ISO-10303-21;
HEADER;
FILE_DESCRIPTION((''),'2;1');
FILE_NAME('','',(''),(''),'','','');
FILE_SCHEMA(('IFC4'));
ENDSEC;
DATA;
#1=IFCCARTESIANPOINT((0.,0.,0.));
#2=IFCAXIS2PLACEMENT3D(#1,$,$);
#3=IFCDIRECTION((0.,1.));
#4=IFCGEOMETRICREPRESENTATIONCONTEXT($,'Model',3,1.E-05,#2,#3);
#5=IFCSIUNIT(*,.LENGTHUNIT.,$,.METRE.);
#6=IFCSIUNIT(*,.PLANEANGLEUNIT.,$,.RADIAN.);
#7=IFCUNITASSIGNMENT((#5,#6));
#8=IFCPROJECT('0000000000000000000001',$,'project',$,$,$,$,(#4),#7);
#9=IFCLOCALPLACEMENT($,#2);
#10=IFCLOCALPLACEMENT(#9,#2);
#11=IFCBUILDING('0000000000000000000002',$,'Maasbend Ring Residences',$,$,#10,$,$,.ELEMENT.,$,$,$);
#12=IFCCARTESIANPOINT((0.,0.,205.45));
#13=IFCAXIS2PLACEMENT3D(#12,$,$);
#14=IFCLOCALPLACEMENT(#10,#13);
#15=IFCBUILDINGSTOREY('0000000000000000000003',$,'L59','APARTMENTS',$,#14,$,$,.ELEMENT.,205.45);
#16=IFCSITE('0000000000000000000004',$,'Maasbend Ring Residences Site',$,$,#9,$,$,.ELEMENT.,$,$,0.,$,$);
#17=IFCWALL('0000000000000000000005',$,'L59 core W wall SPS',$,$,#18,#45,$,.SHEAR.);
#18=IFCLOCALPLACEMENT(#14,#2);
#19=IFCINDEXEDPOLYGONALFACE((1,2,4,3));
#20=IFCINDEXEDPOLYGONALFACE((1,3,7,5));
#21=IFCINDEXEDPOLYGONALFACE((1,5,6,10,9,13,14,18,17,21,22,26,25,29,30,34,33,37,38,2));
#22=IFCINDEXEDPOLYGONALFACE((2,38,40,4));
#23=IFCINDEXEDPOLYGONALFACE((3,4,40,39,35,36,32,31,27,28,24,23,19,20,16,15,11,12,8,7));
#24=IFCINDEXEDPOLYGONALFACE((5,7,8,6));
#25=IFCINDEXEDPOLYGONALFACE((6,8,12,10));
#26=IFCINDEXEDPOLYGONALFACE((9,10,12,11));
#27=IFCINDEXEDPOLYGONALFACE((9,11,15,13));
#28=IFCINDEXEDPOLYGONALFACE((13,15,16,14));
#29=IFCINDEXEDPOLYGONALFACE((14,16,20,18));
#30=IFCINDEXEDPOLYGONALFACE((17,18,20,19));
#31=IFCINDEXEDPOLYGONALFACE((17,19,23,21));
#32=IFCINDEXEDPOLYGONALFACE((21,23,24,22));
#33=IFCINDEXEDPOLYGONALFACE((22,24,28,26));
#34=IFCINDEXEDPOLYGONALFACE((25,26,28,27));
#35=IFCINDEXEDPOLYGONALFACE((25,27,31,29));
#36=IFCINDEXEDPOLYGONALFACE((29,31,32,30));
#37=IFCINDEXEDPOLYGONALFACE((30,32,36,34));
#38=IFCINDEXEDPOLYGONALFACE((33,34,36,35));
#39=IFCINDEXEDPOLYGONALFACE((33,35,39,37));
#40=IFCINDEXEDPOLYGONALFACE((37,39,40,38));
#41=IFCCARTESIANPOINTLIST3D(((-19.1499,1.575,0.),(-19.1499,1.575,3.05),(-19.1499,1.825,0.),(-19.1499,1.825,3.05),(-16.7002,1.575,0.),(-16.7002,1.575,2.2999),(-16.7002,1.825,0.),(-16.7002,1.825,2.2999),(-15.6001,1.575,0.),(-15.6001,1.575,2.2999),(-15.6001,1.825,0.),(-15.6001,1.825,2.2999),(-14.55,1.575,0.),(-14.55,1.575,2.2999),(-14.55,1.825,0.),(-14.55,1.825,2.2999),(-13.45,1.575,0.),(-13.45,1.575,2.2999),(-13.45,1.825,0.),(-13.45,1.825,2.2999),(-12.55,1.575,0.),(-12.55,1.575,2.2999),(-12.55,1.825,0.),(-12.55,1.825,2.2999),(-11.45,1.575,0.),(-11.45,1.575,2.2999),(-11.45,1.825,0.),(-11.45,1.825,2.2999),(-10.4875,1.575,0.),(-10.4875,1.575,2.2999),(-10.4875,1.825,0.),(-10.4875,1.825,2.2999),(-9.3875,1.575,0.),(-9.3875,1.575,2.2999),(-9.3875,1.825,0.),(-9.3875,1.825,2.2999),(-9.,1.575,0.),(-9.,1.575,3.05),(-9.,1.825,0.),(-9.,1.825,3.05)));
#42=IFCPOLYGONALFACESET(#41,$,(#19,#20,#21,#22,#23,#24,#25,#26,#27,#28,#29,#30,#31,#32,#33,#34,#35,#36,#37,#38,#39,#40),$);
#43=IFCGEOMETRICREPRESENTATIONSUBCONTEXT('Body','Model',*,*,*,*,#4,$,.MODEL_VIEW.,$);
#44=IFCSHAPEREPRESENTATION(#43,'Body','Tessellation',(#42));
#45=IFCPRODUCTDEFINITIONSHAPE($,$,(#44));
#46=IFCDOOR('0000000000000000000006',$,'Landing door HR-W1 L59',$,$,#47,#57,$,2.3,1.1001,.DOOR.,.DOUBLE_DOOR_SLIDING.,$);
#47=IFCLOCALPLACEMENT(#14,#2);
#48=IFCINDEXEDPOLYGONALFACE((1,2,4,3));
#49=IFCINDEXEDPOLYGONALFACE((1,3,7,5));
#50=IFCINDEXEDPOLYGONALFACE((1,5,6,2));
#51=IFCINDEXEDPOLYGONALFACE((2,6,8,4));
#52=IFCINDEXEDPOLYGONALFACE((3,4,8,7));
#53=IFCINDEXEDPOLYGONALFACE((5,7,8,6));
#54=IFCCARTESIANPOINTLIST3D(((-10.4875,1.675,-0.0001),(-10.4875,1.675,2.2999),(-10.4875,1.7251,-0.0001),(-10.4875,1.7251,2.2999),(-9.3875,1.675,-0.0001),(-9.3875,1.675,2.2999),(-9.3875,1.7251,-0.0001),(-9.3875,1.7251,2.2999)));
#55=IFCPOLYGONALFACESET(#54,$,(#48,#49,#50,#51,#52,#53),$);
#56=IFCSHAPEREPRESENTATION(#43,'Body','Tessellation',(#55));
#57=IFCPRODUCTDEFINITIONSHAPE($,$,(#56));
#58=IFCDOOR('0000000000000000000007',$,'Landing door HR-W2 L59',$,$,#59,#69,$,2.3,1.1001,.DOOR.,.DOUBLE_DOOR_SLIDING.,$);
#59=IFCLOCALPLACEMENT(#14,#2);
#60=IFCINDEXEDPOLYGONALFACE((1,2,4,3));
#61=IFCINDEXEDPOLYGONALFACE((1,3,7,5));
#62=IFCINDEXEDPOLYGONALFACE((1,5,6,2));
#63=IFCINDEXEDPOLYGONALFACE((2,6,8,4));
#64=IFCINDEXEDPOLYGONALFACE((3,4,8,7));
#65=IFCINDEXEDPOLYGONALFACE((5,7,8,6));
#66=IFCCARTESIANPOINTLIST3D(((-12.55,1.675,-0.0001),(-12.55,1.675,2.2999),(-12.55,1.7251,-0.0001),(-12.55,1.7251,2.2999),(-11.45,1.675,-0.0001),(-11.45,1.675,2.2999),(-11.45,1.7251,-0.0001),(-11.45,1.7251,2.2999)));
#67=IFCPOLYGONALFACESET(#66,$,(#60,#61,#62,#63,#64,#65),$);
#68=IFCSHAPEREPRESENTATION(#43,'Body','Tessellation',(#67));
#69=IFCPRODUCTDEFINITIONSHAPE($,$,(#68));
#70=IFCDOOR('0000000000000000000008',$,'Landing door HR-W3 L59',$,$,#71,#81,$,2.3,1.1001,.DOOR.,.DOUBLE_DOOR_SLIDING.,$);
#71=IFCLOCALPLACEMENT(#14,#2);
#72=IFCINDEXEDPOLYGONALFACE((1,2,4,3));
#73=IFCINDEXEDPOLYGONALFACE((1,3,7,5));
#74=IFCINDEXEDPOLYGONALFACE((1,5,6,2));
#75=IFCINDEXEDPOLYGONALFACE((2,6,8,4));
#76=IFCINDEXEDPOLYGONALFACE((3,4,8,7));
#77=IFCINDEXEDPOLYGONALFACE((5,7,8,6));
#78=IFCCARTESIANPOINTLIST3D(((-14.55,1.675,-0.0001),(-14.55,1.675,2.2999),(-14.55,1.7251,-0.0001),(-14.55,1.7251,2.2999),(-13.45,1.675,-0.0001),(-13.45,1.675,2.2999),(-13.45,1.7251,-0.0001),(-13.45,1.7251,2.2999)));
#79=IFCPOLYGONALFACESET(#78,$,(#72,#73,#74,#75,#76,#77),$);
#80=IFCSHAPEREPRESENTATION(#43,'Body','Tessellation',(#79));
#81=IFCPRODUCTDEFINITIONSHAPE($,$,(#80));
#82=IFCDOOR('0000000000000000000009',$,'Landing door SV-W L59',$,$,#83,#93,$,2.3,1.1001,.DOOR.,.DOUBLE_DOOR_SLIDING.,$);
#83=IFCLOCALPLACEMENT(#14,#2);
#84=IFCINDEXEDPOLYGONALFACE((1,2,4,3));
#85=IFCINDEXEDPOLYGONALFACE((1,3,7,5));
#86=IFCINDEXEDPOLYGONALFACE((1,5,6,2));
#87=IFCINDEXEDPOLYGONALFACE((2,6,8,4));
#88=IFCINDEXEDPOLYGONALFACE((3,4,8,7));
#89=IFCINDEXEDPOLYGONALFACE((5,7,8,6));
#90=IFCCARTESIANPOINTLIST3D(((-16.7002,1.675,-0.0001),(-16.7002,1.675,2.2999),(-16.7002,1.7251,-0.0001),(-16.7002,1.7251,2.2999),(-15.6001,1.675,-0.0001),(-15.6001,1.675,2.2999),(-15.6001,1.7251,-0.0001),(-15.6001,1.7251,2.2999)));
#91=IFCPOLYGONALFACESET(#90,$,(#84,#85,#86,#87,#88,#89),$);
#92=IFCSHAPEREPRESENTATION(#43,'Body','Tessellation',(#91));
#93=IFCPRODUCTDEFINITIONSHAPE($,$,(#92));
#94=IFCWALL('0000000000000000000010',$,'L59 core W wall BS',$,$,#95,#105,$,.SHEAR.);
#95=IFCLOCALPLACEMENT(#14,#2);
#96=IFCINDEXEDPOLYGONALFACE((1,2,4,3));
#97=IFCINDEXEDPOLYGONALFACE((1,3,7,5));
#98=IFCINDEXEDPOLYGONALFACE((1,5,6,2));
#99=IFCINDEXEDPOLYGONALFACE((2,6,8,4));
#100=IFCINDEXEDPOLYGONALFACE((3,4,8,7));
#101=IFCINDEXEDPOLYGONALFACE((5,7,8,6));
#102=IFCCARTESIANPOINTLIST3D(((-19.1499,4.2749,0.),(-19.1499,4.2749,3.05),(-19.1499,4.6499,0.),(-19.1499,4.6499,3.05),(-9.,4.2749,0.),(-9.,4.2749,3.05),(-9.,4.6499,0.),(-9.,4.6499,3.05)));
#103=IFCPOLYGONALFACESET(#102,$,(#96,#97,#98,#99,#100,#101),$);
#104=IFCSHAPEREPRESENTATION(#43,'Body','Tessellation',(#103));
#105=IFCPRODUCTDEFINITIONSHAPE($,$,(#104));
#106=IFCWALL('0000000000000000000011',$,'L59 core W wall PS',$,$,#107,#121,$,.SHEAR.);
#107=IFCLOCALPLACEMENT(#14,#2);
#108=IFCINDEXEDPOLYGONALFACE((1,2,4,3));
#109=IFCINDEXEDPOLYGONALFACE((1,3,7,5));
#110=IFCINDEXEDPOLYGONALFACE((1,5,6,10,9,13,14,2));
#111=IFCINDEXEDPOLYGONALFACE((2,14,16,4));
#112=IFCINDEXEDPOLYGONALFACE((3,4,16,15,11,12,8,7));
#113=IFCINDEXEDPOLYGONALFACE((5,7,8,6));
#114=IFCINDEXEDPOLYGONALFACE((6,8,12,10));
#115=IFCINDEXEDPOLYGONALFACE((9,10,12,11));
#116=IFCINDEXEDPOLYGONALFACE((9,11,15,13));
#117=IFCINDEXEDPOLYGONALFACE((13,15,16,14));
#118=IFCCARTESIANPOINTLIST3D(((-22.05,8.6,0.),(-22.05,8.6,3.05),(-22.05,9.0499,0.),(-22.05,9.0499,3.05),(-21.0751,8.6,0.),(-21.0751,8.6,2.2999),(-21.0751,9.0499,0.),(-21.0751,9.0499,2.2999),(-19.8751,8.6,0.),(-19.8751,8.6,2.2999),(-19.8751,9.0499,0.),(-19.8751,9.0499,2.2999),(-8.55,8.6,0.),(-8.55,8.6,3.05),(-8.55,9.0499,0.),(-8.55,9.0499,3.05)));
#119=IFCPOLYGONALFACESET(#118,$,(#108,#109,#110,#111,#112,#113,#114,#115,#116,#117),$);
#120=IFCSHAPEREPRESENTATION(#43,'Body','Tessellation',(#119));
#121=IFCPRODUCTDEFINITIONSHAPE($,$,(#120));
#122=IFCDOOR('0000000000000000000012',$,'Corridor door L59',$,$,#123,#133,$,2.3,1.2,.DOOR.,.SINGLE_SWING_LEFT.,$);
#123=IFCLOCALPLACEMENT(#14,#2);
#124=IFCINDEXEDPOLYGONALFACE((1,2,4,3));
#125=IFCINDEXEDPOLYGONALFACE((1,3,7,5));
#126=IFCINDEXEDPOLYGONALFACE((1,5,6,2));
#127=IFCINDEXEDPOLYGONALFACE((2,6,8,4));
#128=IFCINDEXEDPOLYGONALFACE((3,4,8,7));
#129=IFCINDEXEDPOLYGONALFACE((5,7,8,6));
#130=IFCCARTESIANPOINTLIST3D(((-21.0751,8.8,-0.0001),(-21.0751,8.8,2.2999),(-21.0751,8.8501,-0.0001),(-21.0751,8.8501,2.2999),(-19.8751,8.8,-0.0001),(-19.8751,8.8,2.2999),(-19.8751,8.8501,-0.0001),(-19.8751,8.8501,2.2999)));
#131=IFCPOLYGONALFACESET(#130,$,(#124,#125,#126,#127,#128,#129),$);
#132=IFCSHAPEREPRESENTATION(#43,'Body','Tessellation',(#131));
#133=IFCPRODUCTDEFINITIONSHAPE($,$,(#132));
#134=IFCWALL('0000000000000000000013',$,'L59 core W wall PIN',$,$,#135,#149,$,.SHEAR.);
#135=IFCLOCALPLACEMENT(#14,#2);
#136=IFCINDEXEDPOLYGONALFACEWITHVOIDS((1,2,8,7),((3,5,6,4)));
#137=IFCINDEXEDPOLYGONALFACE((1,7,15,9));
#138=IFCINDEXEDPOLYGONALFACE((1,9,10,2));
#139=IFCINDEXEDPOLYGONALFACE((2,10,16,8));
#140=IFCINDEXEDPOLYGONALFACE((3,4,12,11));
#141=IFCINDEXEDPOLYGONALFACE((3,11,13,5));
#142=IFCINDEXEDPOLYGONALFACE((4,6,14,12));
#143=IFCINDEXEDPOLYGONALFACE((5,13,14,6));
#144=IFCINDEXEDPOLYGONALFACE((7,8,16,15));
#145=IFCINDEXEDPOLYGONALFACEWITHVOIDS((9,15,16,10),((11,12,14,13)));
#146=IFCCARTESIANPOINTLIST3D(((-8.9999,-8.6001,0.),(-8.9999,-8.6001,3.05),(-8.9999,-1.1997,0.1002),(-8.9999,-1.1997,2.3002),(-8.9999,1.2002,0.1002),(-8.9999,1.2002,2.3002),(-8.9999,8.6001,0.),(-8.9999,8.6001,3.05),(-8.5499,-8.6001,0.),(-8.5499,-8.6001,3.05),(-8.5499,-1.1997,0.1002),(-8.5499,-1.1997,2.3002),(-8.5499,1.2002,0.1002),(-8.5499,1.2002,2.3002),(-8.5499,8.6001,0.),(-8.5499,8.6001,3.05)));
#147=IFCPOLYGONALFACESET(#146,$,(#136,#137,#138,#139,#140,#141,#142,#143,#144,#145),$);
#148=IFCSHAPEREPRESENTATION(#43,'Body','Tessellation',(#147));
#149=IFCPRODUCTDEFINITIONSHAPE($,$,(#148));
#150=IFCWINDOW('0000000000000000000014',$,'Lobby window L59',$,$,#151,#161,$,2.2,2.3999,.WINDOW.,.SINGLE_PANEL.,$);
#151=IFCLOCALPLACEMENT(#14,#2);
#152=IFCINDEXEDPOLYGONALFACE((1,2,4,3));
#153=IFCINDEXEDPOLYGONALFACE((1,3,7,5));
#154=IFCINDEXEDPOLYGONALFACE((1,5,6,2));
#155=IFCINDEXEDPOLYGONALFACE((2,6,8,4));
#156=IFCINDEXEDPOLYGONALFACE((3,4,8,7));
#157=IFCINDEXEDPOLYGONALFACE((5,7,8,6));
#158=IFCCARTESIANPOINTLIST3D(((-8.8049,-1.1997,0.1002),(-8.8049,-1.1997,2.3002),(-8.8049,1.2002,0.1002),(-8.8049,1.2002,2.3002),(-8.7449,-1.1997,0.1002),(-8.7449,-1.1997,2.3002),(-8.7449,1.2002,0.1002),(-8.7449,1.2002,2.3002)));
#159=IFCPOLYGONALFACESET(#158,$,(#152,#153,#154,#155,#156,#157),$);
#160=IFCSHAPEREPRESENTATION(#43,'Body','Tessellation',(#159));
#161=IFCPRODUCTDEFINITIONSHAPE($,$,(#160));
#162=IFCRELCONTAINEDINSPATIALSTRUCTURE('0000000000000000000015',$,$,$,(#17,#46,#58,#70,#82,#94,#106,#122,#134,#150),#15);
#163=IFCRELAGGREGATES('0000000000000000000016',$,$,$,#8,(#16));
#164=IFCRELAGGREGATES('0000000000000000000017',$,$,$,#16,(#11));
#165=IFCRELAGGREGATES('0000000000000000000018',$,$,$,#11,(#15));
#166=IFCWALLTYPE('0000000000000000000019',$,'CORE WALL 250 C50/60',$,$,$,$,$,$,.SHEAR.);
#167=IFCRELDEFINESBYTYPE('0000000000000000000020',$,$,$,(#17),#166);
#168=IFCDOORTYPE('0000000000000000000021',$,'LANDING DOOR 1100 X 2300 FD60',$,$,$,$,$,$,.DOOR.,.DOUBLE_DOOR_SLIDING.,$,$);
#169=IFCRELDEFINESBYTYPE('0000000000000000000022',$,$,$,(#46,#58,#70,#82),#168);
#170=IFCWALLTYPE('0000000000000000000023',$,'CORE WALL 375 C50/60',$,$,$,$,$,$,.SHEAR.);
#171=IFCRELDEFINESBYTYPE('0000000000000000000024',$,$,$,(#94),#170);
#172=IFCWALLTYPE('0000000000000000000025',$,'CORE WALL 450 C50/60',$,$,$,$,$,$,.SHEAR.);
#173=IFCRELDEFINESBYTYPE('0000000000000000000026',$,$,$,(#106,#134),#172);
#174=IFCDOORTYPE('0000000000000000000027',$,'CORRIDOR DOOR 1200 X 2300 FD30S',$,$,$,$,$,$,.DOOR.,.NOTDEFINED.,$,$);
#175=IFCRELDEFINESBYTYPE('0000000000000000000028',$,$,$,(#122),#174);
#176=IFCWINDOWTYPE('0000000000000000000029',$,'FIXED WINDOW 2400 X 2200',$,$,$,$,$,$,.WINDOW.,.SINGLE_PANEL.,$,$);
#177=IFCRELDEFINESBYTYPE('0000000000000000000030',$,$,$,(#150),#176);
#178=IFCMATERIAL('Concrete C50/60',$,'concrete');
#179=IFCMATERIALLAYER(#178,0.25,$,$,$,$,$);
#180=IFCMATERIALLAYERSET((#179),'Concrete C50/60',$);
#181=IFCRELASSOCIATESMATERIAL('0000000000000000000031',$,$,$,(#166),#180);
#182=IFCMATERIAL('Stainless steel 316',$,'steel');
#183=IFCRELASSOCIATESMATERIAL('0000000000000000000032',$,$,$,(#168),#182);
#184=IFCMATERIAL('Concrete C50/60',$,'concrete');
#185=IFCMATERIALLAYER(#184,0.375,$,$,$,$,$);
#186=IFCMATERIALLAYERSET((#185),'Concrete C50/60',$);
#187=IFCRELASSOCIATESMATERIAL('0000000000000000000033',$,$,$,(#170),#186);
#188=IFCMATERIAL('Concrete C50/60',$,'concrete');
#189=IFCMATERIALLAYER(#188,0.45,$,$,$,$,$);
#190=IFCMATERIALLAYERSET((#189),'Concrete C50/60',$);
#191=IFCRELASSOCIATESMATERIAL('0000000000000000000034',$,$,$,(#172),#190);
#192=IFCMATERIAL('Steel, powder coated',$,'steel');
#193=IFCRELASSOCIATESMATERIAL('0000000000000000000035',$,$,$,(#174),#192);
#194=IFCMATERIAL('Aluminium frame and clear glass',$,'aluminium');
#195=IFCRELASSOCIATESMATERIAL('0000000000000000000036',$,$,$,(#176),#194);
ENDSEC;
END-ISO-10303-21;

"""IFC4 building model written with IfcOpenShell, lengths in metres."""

from ifc_helpers import new_model, si_unit, direction, frame, frame_2d, origin, place, context, subcontext, project, spatial, rectangle, extrude, material, layer, layer_set, type_object, element, fill, save


model = new_model("IFC4")

# Units and contexts
model_context = context("Model", 3, precision=1e-05, world=origin(), true_north=direction((0.0, 1.0)))
body_context = subcontext(model_context, "Body", "Model", "MODEL_VIEW")
ifc_project = project(units=[si_unit("LENGTHUNIT", "METRE"), si_unit("PLANEANGLEUNIT", "RADIAN")], contexts=[model_context])

# Site, building, storey
site_placement = place(None, origin())
site = spatial("IfcSite", under=ifc_project, at=site_placement, Name="Maasbend Ring Residences Site", CompositionType="ELEMENT", RefElevation=0.0)
building_placement = place(site_placement, origin())
building = spatial("IfcBuilding", under=site, at=building_placement, Name="Maasbend Ring Residences", CompositionType="ELEMENT")
storey_placement = place(building_placement, frame((0.0, 0.0, 205.45)))
storey = spatial("IfcBuildingStorey", under=building, at=storey_placement, Name="L59", Description="APARTMENTS", CompositionType="ELEMENT", Elevation=205.45)

# Wall, openings, doors
ifc_material_1 = material(Name="Concrete C50/60", Category="concrete")
ifc_layer_1 = layer(ifc_material_1, 0.25)
ifc_layer_set_1 = layer_set([ifc_layer_1], Name="Concrete C50/60")
wall_type_1 = type_object("IfcWallType", Name="CORE WALL 250 C50/60", PredefinedType="SHEAR", material=ifc_layer_set_1)
wall_1_placement = place(storey_placement, frame((-9.0, 1.7, 0.0), z_axis=(0.0, 0.0, 1.0), x_axis=(-1.0, 0.0, 0.0)))
wall_1 = element("IfcWall", 1, at=wall_1_placement, inside=storey, type_object=wall_type_1, Name="L59 core W wall SPS", PredefinedType="SHEAR", context=body_context, shape_type="SweptSolid", body=[
    extrude(rectangle(XDim=10.1499, YDim=0.25, at=frame_2d((5.075, 0.0))), origin(), (0.0, 0.0, 1.0), 3.05),
])
opening_1_placement = place(wall_1_placement, frame((0.3875, 0.0, 0.0)))
opening_1 = element("IfcOpeningElement", 2, at=opening_1_placement, cuts=wall_1, PredefinedType="OPENING", context=body_context, shape_type="SweptSolid", body=[
    extrude(rectangle(XDim=1.1001, YDim=2.3, at=frame_2d((0.55, 1.1499))), frame((0.0, 0.135, 0.0), z_axis=(0.0, -1.0, 0.0), x_axis=(1.0, 0.0, 0.0)), (0.0, 0.0, 1.0), 0.27),
])
opening_2_placement = place(wall_1_placement, frame((2.45, 0.0, 0.0)))
opening_2 = element("IfcOpeningElement", 3, at=opening_2_placement, cuts=wall_1, PredefinedType="OPENING", context=body_context, shape_type="SweptSolid", body=[
    extrude(rectangle(XDim=1.1001, YDim=2.3, at=frame_2d((0.55, 1.1499))), frame((0.0, 0.135, 0.0), z_axis=(0.0, -1.0, 0.0), x_axis=(1.0, 0.0, 0.0)), (0.0, 0.0, 1.0), 0.27),
])
opening_3_placement = place(wall_1_placement, frame((4.45, 0.0, 0.0)))
opening_3 = element("IfcOpeningElement", 4, at=opening_3_placement, cuts=wall_1, PredefinedType="OPENING", context=body_context, shape_type="SweptSolid", body=[
    extrude(rectangle(XDim=1.1001, YDim=2.3, at=frame_2d((0.55, 1.1499))), frame((0.0, 0.135, 0.0), z_axis=(0.0, -1.0, 0.0), x_axis=(1.0, 0.0, 0.0)), (0.0, 0.0, 1.0), 0.27),
])
opening_4_placement = place(wall_1_placement, frame((6.6001, 0.0, 0.0)))
opening_4 = element("IfcOpeningElement", 5, at=opening_4_placement, cuts=wall_1, PredefinedType="OPENING", context=body_context, shape_type="SweptSolid", body=[
    extrude(rectangle(XDim=1.1001, YDim=2.3, at=frame_2d((0.55, 1.1499))), frame((0.0, 0.135, 0.0), z_axis=(0.0, -1.0, 0.0), x_axis=(1.0, 0.0, 0.0)), (0.0, 0.0, 1.0), 0.27),
])
ifc_material_2 = material(Name="Stainless steel 316", Category="steel")
door_type_1 = type_object("IfcDoorType", Name="LANDING DOOR 1100 X 2300 FD60", OperationType="DOUBLE_DOOR_SLIDING", PredefinedType="DOOR", material=ifc_material_2)
door_1_placement = place(opening_1_placement, origin())
door_1 = element("IfcDoor", 6, at=door_1_placement, inside=storey, type_object=door_type_1, Name="Landing door HR-W1 L59", OperationType="DOUBLE_DOOR_SLIDING", OverallHeight=2.3, OverallWidth=1.1001, PredefinedType="DOOR", context=body_context, shape_type="SweptSolid", body=[
    extrude(rectangle(XDim=1.1001, YDim=2.3, at=frame_2d((0.55, 1.1499))), frame((0.0, 0.0249, 0.0), z_axis=(0.0, -1.0, 0.0), x_axis=(1.0, 0.0, 0.0)), (0.0, 0.0, 1.0), 0.05),
])
fill(opening_1, door_1)
door_2_placement = place(opening_2_placement, origin())
door_2 = element("IfcDoor", 7, at=door_2_placement, inside=storey, type_object=door_type_1, Name="Landing door HR-W2 L59", OperationType="DOUBLE_DOOR_SLIDING", OverallHeight=2.3, OverallWidth=1.1001, PredefinedType="DOOR", context=body_context, shape_type="SweptSolid", body=[
    extrude(rectangle(XDim=1.1001, YDim=2.3, at=frame_2d((0.55, 1.1499))), frame((0.0, 0.0249, 0.0), z_axis=(0.0, -1.0, 0.0), x_axis=(1.0, 0.0, 0.0)), (0.0, 0.0, 1.0), 0.05),
])
fill(opening_2, door_2)
door_3_placement = place(opening_3_placement, origin())
door_3 = element("IfcDoor", 8, at=door_3_placement, inside=storey, type_object=door_type_1, Name="Landing door HR-W3 L59", OperationType="DOUBLE_DOOR_SLIDING", OverallHeight=2.3, OverallWidth=1.1001, PredefinedType="DOOR", context=body_context, shape_type="SweptSolid", body=[
    extrude(rectangle(XDim=1.1001, YDim=2.3, at=frame_2d((0.55, 1.1499))), frame((0.0, 0.0249, 0.0), z_axis=(0.0, -1.0, 0.0), x_axis=(1.0, 0.0, 0.0)), (0.0, 0.0, 1.0), 0.05),
])
fill(opening_3, door_3)
door_4_placement = place(opening_4_placement, origin())
door_4 = element("IfcDoor", 9, at=door_4_placement, inside=storey, type_object=door_type_1, Name="Landing door SV-W L59", OperationType="DOUBLE_DOOR_SLIDING", OverallHeight=2.3, OverallWidth=1.1001, PredefinedType="DOOR", context=body_context, shape_type="SweptSolid", body=[
    extrude(rectangle(XDim=1.1001, YDim=2.3, at=frame_2d((0.55, 1.1499))), frame((0.0, 0.0249, 0.0), z_axis=(0.0, -1.0, 0.0), x_axis=(1.0, 0.0, 0.0)), (0.0, 0.0, 1.0), 0.05),
])
fill(opening_4, door_4)

# Wall
ifc_material_3 = material(Name="Concrete C50/60", Category="concrete")
ifc_layer_2 = layer(ifc_material_3, 0.375)
ifc_layer_set_2 = layer_set([ifc_layer_2], Name="Concrete C50/60")
wall_type_2 = type_object("IfcWallType", Name="CORE WALL 375 C50/60", PredefinedType="SHEAR", material=ifc_layer_set_2)
wall_2_placement = place(storey_placement, frame((-9.0, 4.4624, 0.0), z_axis=(0.0, 0.0, 1.0), x_axis=(-1.0, 0.0, 0.0)))
element("IfcWall", 10, at=wall_2_placement, inside=storey, type_object=wall_type_2, Name="L59 core W wall BS", PredefinedType="SHEAR", context=body_context, shape_type="SweptSolid", body=[
    extrude(rectangle(XDim=10.1499, YDim=0.375, at=frame_2d((5.075, 0.0))), origin(), (0.0, 0.0, 1.0), 3.05),
])

# Wall, opening, door
ifc_material_4 = material(Name="Concrete C50/60", Category="concrete")
ifc_layer_3 = layer(ifc_material_4, 0.45)
ifc_layer_set_3 = layer_set([ifc_layer_3], Name="Concrete C50/60")
wall_type_3 = type_object("IfcWallType", Name="CORE WALL 450 C50/60", PredefinedType="SHEAR", material=ifc_layer_set_3)
wall_3_placement = place(storey_placement, frame((-8.55, 8.825, 0.0), z_axis=(0.0, 0.0, 1.0), x_axis=(-1.0, 0.0, 0.0)))
wall_3 = element("IfcWall", 11, at=wall_3_placement, inside=storey, type_object=wall_type_3, Name="L59 core W wall PS", PredefinedType="SHEAR", context=body_context, shape_type="SweptSolid", body=[
    extrude(rectangle(XDim=13.5, YDim=0.45, at=frame_2d((6.75, 0.0))), origin(), (0.0, 0.0, 1.0), 3.05),
])
opening_5_placement = place(wall_3_placement, frame((11.325, 0.0, 0.0)))
opening_5 = element("IfcOpeningElement", 12, at=opening_5_placement, cuts=wall_3, PredefinedType="OPENING", context=body_context, shape_type="SweptSolid", body=[
    extrude(rectangle(XDim=1.2, YDim=2.3, at=frame_2d((0.6001, 1.1499))), frame((0.0, 0.2349, 0.0), z_axis=(0.0, -1.0, 0.0), x_axis=(1.0, 0.0, 0.0)), (0.0, 0.0, 1.0), 0.47),
])
ifc_material_5 = material(Name="Steel, powder coated", Category="steel")
door_type_2 = type_object("IfcDoorType", Name="CORRIDOR DOOR 1200 X 2300 FD30S", OperationType="NOTDEFINED", PredefinedType="DOOR", material=ifc_material_5)
door_5_placement = place(opening_5_placement, origin())
door_5 = element("IfcDoor", 13, at=door_5_placement, inside=storey, type_object=door_type_2, Name="Corridor door L59", OperationType="SINGLE_SWING_LEFT", OverallHeight=2.3, OverallWidth=1.2, PredefinedType="DOOR", context=body_context, shape_type="SweptSolid", body=[
    extrude(rectangle(XDim=1.2, YDim=2.3, at=frame_2d((0.6001, 1.1499))), frame((0.0, 0.0249, 0.0), z_axis=(0.0, -1.0, 0.0), x_axis=(1.0, 0.0, 0.0)), (0.0, 0.0, 1.0), 0.05),
])
fill(opening_5, door_5)

# Wall, opening, window
wall_4_placement = place(storey_placement, frame((-8.7749, 8.6001, 0.0), z_axis=(0.0, 0.0, 1.0), x_axis=(0.0, -1.0, 0.0)))
wall_4 = element("IfcWall", 14, at=wall_4_placement, inside=storey, type_object=wall_type_3, Name="L59 core W wall PIN", PredefinedType="SHEAR", context=body_context, shape_type="SweptSolid", body=[
    extrude(rectangle(XDim=17.2002, YDim=0.45, at=frame_2d((8.6001, 0.0))), origin(), (0.0, 0.0, 1.0), 3.05),
])
opening_6_placement = place(wall_4_placement, frame((7.3999, 0.0, 0.1001)))
opening_6 = element("IfcOpeningElement", 15, at=opening_6_placement, cuts=wall_4, PredefinedType="OPENING", context=body_context, shape_type="SweptSolid", body=[
    extrude(rectangle(XDim=2.3999, YDim=2.2, at=frame_2d((1.2, 1.1001))), frame((0.0, 0.2349, 0.0), z_axis=(0.0, -1.0, 0.0), x_axis=(1.0, 0.0, 0.0)), (0.0, 0.0, 1.0), 0.47),
])
ifc_material_6 = material(Name="Aluminium frame and clear glass", Category="aluminium")
window_type = type_object("IfcWindowType", Name="FIXED WINDOW 2400 X 2200", PartitioningType="SINGLE_PANEL", PredefinedType="WINDOW", material=ifc_material_6)
window_placement = place(opening_6_placement, origin())
window = element("IfcWindow", 16, at=window_placement, inside=storey, type_object=window_type, Name="Lobby window L59", OverallHeight=2.2, OverallWidth=2.3999, PartitioningType="SINGLE_PANEL", PredefinedType="WINDOW", context=body_context, shape_type="SweptSolid", body=[
    extrude(rectangle(XDim=2.3999, YDim=2.2, at=frame_2d((1.2, 1.1001))), frame((0.0, 0.03, 0.0), z_axis=(0.0, -1.0, 0.0), x_axis=(1.0, 0.0, 0.0)), (0.0, 0.0, 1.0), 0.0601),
])
fill(opening_6, window)

save(model, "model.ifc")
